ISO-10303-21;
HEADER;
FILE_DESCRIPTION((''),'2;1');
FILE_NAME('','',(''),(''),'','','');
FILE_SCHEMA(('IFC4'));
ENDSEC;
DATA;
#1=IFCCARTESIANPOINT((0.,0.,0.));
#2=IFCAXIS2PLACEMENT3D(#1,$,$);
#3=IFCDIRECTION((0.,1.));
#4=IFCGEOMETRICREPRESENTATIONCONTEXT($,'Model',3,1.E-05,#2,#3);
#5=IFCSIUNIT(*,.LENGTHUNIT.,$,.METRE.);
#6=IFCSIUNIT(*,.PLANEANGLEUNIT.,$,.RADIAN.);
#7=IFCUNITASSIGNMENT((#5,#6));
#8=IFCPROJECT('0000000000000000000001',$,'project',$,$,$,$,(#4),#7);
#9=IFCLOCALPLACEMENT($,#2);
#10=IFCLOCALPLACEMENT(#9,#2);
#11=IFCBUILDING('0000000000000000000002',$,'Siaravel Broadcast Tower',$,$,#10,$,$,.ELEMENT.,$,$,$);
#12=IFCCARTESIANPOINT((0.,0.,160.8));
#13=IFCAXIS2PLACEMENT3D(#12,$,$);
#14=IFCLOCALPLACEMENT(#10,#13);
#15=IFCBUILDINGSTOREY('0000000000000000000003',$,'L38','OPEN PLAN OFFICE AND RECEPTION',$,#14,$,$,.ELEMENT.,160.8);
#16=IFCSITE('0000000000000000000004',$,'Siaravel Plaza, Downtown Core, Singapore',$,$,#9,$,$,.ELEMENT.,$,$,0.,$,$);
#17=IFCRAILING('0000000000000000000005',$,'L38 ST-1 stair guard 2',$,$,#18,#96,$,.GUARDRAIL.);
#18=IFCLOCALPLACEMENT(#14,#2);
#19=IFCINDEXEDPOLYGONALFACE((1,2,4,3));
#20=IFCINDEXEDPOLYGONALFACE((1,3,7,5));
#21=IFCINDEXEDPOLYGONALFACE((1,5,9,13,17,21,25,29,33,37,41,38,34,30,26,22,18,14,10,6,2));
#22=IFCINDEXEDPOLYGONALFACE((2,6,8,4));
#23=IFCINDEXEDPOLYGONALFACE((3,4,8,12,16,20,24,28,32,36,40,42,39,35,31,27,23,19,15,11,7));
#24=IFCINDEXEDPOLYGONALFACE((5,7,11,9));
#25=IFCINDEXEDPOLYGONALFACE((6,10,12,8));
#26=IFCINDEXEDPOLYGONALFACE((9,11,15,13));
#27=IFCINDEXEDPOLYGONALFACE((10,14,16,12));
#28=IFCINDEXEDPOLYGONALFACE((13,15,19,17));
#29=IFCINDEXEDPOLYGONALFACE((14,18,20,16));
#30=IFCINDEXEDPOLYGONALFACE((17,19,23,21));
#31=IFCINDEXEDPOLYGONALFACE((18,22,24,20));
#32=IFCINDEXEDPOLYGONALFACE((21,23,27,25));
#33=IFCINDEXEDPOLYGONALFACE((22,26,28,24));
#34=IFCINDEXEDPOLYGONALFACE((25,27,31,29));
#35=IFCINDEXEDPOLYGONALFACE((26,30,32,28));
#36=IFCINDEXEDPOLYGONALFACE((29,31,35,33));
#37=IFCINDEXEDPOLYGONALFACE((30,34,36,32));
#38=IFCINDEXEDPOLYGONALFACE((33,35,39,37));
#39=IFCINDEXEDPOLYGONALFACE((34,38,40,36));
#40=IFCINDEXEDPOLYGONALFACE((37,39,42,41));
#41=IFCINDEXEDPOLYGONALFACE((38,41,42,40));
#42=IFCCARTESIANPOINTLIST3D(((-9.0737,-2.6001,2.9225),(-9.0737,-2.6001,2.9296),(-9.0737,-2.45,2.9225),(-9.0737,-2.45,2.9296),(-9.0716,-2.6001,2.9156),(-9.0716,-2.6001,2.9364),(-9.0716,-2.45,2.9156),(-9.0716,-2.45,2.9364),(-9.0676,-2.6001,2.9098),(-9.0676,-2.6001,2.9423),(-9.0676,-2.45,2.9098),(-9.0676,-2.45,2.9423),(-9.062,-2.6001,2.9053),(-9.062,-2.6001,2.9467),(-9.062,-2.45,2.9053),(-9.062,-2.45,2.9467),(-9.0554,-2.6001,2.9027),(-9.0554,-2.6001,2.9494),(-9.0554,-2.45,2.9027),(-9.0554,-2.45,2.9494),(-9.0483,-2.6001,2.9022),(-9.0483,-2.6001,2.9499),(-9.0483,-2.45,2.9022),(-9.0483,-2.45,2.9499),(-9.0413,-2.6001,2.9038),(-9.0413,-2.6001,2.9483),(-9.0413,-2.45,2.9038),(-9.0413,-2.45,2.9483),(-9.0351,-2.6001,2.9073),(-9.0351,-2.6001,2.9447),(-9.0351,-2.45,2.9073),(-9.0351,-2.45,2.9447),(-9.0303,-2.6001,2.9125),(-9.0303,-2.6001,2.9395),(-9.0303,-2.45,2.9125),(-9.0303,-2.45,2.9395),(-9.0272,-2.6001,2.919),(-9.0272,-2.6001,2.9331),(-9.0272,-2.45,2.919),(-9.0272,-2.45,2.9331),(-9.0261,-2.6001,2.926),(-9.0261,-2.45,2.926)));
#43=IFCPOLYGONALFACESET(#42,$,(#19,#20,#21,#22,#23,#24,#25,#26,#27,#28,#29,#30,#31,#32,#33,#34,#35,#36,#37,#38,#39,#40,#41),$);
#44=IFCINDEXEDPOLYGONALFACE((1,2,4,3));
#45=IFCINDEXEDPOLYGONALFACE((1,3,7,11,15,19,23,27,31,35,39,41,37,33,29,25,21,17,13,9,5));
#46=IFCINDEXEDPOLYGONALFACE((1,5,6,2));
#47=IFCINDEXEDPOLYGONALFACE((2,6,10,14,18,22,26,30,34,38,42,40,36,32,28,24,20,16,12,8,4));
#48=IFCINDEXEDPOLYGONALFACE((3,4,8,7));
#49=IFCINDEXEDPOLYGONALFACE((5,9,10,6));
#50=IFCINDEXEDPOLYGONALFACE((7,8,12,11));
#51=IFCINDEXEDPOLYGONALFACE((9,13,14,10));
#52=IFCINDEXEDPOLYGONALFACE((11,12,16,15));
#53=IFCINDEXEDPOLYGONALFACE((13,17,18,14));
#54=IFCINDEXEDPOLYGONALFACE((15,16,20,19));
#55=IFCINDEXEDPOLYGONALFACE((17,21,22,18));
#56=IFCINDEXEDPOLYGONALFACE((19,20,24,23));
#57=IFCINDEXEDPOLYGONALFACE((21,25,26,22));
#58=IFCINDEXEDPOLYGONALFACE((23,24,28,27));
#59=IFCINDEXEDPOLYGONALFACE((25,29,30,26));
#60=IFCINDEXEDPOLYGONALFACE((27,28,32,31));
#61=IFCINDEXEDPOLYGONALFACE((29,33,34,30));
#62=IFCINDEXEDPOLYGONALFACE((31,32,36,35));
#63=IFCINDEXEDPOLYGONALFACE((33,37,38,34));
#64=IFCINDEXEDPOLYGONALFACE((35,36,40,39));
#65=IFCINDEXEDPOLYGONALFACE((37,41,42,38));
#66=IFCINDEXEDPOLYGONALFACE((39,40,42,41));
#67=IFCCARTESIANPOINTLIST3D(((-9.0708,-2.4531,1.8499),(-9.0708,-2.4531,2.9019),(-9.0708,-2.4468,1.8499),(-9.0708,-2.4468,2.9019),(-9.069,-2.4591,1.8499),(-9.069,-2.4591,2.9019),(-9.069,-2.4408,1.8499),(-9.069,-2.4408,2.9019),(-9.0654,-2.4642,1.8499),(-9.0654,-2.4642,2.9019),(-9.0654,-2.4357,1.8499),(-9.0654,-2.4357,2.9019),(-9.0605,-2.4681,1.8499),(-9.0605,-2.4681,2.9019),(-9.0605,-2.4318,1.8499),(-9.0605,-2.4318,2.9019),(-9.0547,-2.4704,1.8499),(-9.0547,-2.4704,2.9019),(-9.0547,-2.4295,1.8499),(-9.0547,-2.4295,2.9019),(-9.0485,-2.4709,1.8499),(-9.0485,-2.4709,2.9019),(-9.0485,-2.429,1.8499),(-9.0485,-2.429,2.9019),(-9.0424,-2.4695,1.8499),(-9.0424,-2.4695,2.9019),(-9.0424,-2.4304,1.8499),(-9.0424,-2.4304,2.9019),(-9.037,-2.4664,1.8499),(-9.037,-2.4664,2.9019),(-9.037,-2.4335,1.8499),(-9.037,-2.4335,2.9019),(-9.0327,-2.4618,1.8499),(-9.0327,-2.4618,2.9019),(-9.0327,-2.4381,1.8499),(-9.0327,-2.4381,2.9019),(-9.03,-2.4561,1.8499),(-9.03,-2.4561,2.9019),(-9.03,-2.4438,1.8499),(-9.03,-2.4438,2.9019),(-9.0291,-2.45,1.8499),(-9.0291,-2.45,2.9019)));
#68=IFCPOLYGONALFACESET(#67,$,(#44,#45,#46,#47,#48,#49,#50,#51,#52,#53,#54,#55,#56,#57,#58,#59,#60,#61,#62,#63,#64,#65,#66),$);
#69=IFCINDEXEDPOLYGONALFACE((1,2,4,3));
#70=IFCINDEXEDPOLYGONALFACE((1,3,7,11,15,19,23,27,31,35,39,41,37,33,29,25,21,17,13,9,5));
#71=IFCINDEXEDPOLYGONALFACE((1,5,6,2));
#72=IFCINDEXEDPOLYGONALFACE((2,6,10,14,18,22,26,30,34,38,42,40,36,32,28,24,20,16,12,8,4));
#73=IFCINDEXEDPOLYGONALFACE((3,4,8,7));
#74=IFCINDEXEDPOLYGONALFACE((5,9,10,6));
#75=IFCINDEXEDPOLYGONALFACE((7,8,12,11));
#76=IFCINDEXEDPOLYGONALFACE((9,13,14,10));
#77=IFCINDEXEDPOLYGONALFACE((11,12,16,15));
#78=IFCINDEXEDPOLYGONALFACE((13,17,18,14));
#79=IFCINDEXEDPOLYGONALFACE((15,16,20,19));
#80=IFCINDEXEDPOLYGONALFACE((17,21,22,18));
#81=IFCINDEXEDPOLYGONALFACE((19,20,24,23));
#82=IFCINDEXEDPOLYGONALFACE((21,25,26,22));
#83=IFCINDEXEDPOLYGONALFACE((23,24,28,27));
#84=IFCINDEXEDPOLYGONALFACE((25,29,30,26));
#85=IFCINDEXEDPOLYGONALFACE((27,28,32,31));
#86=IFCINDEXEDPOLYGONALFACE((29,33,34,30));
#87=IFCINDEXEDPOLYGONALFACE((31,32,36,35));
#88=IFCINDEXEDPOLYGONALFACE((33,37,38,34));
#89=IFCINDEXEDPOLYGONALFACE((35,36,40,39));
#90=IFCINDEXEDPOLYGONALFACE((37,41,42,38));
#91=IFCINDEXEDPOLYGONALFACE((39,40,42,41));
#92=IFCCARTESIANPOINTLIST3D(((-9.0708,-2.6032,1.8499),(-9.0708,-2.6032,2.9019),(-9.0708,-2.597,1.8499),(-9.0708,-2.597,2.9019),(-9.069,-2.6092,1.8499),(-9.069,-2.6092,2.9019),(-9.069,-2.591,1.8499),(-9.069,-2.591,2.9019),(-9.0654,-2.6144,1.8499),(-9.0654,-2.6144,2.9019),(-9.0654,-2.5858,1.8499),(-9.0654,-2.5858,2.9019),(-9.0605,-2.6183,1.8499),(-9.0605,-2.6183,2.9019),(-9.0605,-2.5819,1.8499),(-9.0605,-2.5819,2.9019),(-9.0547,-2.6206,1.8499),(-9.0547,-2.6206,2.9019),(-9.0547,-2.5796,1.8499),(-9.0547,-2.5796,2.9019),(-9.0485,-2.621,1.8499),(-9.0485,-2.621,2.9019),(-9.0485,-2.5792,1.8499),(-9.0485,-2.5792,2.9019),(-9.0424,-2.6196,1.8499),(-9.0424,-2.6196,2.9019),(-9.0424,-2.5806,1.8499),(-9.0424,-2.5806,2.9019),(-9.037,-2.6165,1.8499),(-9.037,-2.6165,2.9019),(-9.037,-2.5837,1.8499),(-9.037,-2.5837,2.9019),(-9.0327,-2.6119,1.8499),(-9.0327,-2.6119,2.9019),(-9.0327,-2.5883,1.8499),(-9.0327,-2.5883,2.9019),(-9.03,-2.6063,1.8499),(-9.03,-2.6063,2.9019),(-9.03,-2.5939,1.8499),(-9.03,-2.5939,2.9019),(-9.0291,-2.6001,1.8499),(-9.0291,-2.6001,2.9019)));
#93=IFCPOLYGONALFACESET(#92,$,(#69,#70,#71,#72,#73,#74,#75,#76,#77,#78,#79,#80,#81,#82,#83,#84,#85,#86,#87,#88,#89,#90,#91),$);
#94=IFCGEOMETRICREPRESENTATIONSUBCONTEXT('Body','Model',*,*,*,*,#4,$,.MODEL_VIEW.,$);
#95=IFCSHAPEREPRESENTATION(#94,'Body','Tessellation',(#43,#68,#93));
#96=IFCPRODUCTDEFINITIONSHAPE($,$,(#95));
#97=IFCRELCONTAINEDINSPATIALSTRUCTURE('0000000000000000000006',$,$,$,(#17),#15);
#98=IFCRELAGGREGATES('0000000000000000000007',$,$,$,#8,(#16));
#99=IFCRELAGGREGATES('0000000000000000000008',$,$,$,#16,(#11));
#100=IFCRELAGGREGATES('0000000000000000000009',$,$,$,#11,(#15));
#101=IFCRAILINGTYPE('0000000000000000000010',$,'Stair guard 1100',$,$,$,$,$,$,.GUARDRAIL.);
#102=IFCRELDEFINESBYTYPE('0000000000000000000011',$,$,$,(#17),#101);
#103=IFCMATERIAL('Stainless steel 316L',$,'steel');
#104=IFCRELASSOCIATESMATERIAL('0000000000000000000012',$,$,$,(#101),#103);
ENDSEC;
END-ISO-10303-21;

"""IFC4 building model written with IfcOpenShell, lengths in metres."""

from ifc_helpers import new_model, si_unit, direction, frame, origin, origin_2d, place, context, subcontext, project, spatial, circle, extrude, material, type_object, element, save


model = new_model("IFC4")

# Units and contexts
model_context = context("Model", 3, precision=1e-05, world=origin(), true_north=direction((0.0, 1.0)))
body_context = subcontext(model_context, "Body", "Model", "MODEL_VIEW")
ifc_project = project(units=[si_unit("LENGTHUNIT", "METRE"), si_unit("PLANEANGLEUNIT", "RADIAN")], contexts=[model_context])

# Site, building, storey
site_placement = place(None, origin())
site = spatial("IfcSite", under=ifc_project, at=site_placement, Name="Siaravel Plaza, Downtown Core, Singapore", CompositionType="ELEMENT", RefElevation=0.0)
building_placement = place(site_placement, origin())
building = spatial("IfcBuilding", under=site, at=building_placement, Name="Siaravel Broadcast Tower", CompositionType="ELEMENT")
storey_placement = place(building_placement, frame((0.0, 0.0, 160.8)))
storey = spatial("IfcBuildingStorey", under=building, at=storey_placement, Name="L38", Description="OPEN PLAN OFFICE AND RECEPTION", CompositionType="ELEMENT", Elevation=160.8)

# Shared definitions
ifc_material_1 = material(Name="Stainless steel 316L", Category="steel")

# Railing
railing_type_1 = type_object("IfcRailingType", Name="Stair guard 1100", PredefinedType="GUARDRAIL", material=ifc_material_1)
railing_1_placement = place(storey_placement, frame((-9.05, -2.45, 1.8499)))
element("IfcRailing", 1, at=railing_1_placement, inside=storey, type_object=railing_type_1, Name="L38 ST-1 stair guard 2", PredefinedType="GUARDRAIL", context=body_context, shape_type="SweptSolid", body=[
    extrude(circle(Radius=0.0239, at=origin_2d()), frame((0.0, 0.0, 1.0762), z_axis=(0.0, -1.0, 0.0), x_axis=(1.0, 0.0, 0.0)), (0.0, 0.0, 1.0), 0.1501),
    extrude(circle(Radius=0.021, at=origin_2d()), origin(), (0.0, 0.0, 1.0), 1.052),
    extrude(circle(Radius=0.021, at=origin_2d()), frame((0.0, -0.1501, 0.0)), (0.0, 0.0, 1.0), 1.052),
])

save(model, "model.ifc")
